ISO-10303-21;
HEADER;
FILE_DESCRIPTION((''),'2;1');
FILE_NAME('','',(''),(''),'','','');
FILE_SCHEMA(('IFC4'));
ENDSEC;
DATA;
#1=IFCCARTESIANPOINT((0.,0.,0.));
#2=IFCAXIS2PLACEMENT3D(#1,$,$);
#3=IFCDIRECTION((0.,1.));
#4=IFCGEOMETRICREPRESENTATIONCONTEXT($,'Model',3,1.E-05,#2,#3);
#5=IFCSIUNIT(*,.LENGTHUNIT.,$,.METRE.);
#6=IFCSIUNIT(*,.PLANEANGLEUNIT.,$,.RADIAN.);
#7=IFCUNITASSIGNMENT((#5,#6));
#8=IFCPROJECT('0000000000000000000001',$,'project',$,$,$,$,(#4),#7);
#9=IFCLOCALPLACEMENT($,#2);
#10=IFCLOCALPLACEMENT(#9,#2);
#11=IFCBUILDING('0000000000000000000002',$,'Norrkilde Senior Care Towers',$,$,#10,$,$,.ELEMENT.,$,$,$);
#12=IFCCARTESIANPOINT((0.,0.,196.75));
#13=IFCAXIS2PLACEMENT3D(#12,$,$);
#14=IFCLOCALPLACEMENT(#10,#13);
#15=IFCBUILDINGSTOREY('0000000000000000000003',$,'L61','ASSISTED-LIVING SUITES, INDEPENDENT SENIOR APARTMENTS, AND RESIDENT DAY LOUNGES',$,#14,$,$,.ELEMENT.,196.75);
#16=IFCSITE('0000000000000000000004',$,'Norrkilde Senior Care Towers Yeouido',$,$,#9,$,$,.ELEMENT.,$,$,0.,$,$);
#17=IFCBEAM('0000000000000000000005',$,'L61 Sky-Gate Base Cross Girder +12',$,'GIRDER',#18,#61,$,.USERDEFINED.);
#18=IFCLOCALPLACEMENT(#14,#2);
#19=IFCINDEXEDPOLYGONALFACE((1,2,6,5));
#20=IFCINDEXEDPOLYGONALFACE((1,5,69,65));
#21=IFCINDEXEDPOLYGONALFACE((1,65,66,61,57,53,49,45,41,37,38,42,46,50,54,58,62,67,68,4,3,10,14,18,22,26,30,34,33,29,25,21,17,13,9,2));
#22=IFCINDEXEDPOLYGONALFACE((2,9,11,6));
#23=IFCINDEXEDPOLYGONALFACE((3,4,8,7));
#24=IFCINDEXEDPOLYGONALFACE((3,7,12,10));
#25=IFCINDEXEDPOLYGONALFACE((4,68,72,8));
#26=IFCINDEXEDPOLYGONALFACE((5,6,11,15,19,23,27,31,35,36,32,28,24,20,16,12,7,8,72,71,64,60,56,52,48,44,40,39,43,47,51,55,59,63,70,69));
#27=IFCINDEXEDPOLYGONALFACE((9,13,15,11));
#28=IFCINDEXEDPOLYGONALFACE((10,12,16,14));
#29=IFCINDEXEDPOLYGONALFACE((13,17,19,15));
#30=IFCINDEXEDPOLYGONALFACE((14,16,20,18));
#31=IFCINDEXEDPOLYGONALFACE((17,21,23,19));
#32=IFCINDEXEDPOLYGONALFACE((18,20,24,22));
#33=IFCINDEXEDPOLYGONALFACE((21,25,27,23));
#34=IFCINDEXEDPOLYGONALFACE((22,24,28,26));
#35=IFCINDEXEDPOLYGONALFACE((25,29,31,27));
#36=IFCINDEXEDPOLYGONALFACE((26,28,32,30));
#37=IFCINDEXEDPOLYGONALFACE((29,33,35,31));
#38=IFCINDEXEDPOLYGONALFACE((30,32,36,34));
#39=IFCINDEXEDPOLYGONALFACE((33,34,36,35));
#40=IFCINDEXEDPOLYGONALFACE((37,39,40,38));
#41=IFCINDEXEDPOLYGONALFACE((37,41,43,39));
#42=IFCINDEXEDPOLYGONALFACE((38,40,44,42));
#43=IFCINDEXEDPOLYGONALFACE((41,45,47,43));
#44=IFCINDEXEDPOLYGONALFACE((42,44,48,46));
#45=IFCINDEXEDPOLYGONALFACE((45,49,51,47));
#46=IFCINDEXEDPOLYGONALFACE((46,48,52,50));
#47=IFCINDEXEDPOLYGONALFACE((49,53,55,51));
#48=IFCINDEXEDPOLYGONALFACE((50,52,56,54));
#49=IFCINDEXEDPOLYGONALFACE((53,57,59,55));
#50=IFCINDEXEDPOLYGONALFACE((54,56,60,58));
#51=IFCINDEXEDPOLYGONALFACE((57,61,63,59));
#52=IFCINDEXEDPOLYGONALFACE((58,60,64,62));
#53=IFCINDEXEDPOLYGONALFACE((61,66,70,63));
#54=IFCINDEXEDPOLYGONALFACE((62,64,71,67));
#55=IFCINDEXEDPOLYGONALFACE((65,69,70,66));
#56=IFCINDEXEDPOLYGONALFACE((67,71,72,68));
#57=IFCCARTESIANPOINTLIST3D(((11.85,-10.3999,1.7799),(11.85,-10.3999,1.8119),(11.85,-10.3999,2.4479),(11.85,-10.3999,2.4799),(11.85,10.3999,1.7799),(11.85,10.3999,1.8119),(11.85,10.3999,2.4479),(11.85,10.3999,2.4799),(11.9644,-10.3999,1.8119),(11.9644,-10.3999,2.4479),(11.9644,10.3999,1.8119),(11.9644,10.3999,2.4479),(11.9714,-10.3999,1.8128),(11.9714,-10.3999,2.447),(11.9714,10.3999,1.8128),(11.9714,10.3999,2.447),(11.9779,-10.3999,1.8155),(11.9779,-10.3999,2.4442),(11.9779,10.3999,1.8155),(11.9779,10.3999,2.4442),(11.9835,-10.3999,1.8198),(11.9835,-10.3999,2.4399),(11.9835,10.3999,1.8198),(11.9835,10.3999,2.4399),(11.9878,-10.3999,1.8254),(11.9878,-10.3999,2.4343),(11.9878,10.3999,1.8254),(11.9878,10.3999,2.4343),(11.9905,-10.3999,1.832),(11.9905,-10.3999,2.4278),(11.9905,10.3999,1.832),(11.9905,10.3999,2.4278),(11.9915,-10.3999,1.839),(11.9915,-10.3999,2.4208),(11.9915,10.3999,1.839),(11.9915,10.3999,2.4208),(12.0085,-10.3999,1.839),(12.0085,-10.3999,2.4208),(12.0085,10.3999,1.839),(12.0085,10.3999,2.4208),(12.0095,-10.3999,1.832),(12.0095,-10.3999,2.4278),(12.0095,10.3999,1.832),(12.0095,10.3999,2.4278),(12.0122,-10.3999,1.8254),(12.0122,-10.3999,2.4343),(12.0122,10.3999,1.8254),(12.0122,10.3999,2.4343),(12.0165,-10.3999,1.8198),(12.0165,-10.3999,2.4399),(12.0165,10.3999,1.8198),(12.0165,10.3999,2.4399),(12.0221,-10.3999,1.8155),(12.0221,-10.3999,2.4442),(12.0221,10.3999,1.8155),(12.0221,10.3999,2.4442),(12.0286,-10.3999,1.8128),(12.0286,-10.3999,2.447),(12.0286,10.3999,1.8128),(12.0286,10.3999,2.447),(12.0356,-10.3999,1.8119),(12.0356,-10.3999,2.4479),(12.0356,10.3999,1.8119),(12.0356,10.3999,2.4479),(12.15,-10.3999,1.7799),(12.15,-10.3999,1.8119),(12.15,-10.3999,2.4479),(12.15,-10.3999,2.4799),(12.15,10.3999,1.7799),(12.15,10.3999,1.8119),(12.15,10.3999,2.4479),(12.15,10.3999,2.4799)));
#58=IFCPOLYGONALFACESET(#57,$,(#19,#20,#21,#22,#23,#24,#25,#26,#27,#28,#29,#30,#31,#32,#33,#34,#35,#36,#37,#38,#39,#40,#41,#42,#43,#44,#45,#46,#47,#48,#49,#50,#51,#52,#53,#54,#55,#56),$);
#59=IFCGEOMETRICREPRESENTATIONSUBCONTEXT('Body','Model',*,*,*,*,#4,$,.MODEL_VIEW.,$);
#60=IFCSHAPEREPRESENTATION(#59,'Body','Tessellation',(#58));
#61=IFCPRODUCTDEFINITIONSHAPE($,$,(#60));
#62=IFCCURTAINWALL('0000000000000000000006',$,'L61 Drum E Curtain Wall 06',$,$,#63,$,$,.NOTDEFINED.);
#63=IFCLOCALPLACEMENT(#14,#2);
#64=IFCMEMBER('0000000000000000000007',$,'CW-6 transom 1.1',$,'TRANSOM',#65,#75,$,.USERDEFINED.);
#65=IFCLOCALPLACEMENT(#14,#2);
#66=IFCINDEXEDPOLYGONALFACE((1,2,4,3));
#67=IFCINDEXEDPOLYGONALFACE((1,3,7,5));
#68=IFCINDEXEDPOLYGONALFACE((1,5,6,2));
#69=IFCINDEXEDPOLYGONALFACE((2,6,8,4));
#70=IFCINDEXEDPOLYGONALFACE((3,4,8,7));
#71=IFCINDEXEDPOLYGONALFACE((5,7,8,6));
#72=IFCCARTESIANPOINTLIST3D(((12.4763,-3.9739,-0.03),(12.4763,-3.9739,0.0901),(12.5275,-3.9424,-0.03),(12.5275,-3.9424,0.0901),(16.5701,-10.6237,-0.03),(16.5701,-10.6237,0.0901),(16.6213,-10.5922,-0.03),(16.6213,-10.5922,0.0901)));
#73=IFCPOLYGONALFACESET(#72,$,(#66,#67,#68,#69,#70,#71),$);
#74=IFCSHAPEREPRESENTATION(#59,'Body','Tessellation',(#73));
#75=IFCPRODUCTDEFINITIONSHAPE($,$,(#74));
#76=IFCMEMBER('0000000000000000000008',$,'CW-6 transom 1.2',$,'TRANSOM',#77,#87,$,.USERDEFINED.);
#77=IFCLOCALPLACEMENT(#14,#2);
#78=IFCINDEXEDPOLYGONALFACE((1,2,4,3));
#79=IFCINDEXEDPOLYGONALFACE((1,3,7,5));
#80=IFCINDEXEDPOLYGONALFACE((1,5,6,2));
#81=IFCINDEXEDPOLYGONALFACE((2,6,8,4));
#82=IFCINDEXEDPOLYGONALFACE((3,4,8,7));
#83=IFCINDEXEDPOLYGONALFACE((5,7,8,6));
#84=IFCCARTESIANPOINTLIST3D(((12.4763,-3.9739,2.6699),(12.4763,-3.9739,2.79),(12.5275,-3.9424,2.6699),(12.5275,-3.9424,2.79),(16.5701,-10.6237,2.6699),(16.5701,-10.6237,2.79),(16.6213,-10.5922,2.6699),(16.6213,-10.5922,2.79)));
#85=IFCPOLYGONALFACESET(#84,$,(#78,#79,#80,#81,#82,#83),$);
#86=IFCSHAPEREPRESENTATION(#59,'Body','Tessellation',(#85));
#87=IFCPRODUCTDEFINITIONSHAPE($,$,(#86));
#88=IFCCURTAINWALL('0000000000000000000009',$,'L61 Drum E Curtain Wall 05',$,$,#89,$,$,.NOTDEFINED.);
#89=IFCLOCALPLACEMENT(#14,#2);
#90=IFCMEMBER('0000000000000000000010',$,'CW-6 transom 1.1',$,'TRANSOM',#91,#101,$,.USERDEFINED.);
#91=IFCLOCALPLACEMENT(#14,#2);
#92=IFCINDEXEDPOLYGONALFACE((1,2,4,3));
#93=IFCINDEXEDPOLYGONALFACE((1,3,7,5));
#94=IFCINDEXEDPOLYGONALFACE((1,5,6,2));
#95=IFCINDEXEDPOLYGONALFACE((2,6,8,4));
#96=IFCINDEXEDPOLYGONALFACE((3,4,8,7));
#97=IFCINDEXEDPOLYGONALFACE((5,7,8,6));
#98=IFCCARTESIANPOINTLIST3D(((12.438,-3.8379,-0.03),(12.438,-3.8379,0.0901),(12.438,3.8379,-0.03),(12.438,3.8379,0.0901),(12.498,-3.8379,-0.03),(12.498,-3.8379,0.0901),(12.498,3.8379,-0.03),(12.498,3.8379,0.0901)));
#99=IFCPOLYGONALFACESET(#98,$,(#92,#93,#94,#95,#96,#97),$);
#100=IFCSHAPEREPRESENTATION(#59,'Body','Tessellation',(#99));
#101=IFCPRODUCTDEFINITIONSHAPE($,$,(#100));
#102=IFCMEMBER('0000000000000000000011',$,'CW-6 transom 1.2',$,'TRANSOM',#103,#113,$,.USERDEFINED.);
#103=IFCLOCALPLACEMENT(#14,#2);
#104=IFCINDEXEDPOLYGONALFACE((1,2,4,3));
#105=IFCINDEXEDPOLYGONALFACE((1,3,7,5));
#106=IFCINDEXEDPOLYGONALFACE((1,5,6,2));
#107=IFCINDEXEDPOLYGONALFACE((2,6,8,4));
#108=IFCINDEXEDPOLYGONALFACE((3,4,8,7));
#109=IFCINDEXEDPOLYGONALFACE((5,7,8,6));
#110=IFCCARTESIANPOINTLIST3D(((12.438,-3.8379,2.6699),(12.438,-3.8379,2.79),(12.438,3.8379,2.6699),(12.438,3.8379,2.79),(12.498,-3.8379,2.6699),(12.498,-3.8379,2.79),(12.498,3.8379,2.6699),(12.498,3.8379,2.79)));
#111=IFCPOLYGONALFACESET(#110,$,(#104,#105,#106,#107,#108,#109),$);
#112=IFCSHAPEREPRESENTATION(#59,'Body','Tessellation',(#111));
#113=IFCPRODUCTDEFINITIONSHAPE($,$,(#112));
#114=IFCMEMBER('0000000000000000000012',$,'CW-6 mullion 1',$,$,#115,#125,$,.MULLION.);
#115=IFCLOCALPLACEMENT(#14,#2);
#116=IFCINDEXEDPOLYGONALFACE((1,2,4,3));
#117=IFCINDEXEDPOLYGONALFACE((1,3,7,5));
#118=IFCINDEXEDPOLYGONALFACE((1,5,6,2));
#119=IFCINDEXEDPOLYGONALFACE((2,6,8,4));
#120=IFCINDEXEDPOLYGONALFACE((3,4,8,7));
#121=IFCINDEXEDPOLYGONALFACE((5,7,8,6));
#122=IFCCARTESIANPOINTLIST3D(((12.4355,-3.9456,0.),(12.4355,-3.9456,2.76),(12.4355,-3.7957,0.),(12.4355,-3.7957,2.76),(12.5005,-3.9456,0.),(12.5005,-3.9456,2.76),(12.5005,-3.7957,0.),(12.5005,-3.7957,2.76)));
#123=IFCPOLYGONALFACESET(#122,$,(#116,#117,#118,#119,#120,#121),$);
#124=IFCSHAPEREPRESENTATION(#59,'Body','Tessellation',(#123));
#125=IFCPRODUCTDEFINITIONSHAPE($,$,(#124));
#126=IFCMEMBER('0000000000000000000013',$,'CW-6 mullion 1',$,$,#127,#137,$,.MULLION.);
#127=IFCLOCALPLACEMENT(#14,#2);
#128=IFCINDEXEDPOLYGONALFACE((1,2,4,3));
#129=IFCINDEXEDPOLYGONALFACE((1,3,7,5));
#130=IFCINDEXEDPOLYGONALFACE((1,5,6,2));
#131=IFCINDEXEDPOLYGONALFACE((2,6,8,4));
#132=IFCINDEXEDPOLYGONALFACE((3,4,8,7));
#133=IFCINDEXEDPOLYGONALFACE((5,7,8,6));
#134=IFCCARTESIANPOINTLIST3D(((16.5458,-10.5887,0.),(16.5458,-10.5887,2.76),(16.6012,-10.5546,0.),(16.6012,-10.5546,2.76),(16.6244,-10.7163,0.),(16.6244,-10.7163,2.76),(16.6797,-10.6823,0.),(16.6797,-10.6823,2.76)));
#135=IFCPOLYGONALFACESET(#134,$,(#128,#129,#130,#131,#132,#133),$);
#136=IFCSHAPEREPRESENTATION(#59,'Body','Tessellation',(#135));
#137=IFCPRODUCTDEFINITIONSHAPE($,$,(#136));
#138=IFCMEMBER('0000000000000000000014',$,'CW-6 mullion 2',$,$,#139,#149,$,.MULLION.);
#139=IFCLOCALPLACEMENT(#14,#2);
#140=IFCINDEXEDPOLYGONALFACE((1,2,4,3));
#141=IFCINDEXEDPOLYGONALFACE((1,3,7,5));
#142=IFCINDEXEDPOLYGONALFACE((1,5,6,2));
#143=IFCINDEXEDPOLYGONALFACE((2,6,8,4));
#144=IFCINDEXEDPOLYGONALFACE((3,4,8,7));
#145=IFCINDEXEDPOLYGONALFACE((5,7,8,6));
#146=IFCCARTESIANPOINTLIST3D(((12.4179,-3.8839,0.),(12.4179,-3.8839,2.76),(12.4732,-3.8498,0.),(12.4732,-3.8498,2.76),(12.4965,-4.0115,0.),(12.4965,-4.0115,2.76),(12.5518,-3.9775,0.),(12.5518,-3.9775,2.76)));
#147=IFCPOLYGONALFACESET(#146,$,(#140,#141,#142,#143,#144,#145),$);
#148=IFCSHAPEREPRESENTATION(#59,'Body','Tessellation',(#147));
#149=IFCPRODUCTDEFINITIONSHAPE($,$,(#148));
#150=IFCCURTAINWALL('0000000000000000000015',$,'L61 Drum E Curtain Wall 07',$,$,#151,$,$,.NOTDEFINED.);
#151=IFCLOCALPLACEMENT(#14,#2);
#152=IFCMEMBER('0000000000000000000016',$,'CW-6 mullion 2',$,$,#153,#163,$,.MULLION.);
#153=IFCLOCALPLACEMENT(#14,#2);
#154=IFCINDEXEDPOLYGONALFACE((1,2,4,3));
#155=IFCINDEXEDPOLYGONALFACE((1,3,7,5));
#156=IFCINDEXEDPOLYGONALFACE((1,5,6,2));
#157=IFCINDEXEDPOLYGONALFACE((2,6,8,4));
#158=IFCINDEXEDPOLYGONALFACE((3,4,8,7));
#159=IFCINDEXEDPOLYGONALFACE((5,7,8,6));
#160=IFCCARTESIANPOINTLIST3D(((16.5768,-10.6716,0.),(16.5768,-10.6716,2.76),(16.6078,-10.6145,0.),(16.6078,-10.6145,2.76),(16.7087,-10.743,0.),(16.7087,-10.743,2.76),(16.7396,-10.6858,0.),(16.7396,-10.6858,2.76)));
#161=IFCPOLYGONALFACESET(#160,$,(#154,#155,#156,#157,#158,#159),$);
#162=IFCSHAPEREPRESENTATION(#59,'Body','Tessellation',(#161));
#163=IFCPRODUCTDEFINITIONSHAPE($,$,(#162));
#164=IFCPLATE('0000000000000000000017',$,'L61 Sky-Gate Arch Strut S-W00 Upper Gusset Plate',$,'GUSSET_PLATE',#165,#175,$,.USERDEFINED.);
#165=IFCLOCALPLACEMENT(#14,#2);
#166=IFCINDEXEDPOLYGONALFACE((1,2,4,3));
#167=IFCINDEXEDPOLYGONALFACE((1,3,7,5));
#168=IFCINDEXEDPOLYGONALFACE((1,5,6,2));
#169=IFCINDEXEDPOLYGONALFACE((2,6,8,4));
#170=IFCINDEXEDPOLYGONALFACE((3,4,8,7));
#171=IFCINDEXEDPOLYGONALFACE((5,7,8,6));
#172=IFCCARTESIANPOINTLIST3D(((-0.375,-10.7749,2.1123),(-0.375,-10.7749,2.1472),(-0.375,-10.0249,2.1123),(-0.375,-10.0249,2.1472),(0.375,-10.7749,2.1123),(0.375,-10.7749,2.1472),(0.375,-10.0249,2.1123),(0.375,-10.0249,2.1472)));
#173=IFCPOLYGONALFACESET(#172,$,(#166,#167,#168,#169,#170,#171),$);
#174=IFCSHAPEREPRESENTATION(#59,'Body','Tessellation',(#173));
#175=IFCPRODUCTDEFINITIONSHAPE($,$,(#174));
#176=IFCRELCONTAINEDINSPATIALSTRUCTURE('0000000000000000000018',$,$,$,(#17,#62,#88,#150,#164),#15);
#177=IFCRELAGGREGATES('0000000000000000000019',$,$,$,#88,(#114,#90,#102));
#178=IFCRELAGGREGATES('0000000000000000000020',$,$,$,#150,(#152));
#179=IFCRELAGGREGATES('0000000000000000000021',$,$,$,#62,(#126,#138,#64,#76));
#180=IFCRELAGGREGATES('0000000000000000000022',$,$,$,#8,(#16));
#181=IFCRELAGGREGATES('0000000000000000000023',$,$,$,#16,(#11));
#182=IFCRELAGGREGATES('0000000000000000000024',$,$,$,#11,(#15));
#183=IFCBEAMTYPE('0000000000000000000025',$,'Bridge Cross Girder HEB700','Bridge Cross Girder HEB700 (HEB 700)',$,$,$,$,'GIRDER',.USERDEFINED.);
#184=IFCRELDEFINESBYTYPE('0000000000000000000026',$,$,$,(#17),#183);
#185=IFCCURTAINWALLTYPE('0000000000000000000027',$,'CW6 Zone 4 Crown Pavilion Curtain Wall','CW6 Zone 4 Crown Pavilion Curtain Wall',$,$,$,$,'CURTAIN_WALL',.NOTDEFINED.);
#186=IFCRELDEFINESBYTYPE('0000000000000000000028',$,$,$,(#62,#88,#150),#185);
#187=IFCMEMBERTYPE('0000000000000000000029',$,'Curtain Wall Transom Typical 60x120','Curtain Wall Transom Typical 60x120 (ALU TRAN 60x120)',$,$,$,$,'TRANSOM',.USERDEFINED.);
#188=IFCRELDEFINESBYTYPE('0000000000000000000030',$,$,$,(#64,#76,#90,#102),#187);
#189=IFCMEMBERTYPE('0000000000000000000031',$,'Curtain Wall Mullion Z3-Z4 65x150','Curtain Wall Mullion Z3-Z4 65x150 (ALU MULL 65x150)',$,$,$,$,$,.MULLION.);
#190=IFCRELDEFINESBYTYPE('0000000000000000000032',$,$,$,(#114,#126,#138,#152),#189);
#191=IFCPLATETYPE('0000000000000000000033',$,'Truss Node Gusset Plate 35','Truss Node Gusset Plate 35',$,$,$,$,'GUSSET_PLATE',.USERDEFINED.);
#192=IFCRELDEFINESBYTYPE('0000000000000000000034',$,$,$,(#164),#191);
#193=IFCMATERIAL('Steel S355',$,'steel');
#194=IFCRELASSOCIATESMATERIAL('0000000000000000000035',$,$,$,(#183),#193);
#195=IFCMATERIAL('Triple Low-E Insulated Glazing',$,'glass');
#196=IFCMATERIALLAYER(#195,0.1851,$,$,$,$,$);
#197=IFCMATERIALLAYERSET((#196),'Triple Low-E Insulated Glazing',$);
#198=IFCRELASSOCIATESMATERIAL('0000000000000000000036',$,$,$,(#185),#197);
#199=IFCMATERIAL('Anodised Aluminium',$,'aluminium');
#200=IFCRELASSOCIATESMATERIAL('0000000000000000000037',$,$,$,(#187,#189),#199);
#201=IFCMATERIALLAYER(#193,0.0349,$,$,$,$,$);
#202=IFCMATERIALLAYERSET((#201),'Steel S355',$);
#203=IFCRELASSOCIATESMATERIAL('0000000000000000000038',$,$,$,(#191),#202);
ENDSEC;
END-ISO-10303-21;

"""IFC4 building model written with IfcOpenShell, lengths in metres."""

from ifc_helpers import new_model, si_unit, direction, frame, origin, origin_2d, place, context, subcontext, project, spatial, rectangle, i_section, extrude, source, transform, mapped, material, layer, layer_set, material_profile, profile_set, type_object, type_shapes, element, aggregate, save


model = new_model("IFC4")

# Units and contexts
model_context = context("Model", 3, precision=1e-05, world=origin(), true_north=direction((0.0, 1.0)))
body_context = subcontext(model_context, "Body", "Model", "MODEL_VIEW")
ifc_project = project(units=[si_unit("LENGTHUNIT", "METRE"), si_unit("PLANEANGLEUNIT", "RADIAN")], contexts=[model_context])

# Site, building, storey
site_placement = place(None, origin())
site = spatial("IfcSite", under=ifc_project, at=site_placement, Name="Norrkilde Senior Care Towers Yeouido", CompositionType="ELEMENT", RefElevation=0.0)
building_placement = place(site_placement, origin())
building = spatial("IfcBuilding", under=site, at=building_placement, Name="Norrkilde Senior Care Towers", CompositionType="ELEMENT")
storey_placement = place(building_placement, frame((0.0, 0.0, 196.75)))
storey = spatial("IfcBuildingStorey", under=building, at=storey_placement, Name="L61", Description="ASSISTED-LIVING SUITES, INDEPENDENT SENIOR APARTMENTS, AND RESIDENT DAY LOUNGES", CompositionType="ELEMENT", Elevation=196.75)

# Beam
ifc_material_1 = material(Name="Steel S355", Category="steel")
ifc_material_profile_1 = material_profile(ifc_material_1, i_section(OverallWidth=0.3, OverallDepth=0.7, WebThickness=0.0171, FlangeThickness=0.032, FilletRadius=0.0271, at=origin_2d()), Name="HEB 700")
ifc_profile_set_1 = profile_set([ifc_material_profile_1], Name="Steel S355")
beam_type_1 = type_object("IfcBeamType", Name="Bridge Cross Girder HEB700", Description="Bridge Cross Girder HEB700 (HEB 700)", ElementType="GIRDER", PredefinedType="USERDEFINED", material=ifc_profile_set_1)
shared_shape_1 = source(origin(), body_context, "Body", "SweptSolid", [
    extrude(i_section(OverallWidth=0.3, OverallDepth=0.7, WebThickness=0.0171, FlangeThickness=0.032, FilletRadius=0.0271, at=origin_2d()), origin(), (0.0, 0.0, 1.0), 20.7998),
])
type_shapes(beam_type_1, [shared_shape_1])
beam_1_placement = place(storey_placement, frame((12.0, -10.3999, 2.1299), z_axis=(0.0, 1.0, 0.0), x_axis=(-1.0, 0.0, 0.0)))
element("IfcBeam", 1, at=beam_1_placement, inside=storey, type_object=beam_type_1, Name="L61 Sky-Gate Base Cross Girder +12", ObjectType="GIRDER", PredefinedType="USERDEFINED", context=body_context, shape_type="MappedRepresentation", body=[
    mapped(shared_shape_1, transform((0.0, 0.0, 0.0), x_axis=(1.0, 0.0, 0.0), y_axis=(0.0, 1.0, 0.0), z_axis=(0.0, 0.0, 1.0), scale=1.0)),
])

# Curtain walls, members
ifc_material_2 = material(Name="Triple Low-E Insulated Glazing", Category="glass")
ifc_layer_1 = layer(ifc_material_2, 0.1851)
ifc_layer_set_1 = layer_set([ifc_layer_1], Name="Triple Low-E Insulated Glazing")
curtain_wall_type = type_object("IfcCurtainWallType", Name="CW6 Zone 4 Crown Pavilion Curtain Wall", Description="CW6 Zone 4 Crown Pavilion Curtain Wall", ElementType="CURTAIN_WALL", PredefinedType="NOTDEFINED", material=ifc_layer_set_1)
curtain_wall_1_placement = place(storey_placement, origin())
curtain_wall_1 = element("IfcCurtainWall", 2, at=curtain_wall_1_placement, inside=storey, type_object=curtain_wall_type, Name="L61 Drum E Curtain Wall 06", PredefinedType="NOTDEFINED")
ifc_material_3 = material(Name="Anodised Aluminium", Category="aluminium")
ifc_material_profile_2 = material_profile(ifc_material_3, rectangle(XDim=0.0601, YDim=0.1201, at=origin_2d()), Name="ALU TRAN 60x120")
ifc_profile_set_2 = profile_set([ifc_material_profile_2], Name="Anodised Aluminium")
member_type_1 = type_object("IfcMemberType", Name="Curtain Wall Transom Typical 60x120", Description="Curtain Wall Transom Typical 60x120 (ALU TRAN 60x120)", ElementType="TRANSOM", PredefinedType="USERDEFINED", material=ifc_profile_set_2)
shared_shape_2 = source(origin(), body_context, "Body", "SweptSolid", [
    extrude(rectangle(XDim=0.0601, YDim=0.1201, at=origin_2d()), origin(), (0.0, 0.0, 1.0), 7.8088),
])
member_1_placement = place(storey_placement, frame((16.5957, -10.6079, 0.03), z_axis=(-0.524251, 0.851564, 0.0), x_axis=(-0.851564, -0.524251, 0.0)))
member_1 = element("IfcMember", 3, at=member_1_placement, type_object=member_type_1, Name="CW-6 transom 1.1", ObjectType="TRANSOM", PredefinedType="USERDEFINED", context=body_context, shape_type="MappedRepresentation", body=[
    mapped(shared_shape_2, transform((0.0, 0.0, 0.0), x_axis=(1.0, 0.0, 0.0), y_axis=(0.0, 1.0, 0.0), z_axis=(0.0, 0.0, 1.0), scale=1.0)),
])
member_2_placement = place(storey_placement, frame((16.5957, -10.6079, 2.73), z_axis=(-0.524251, 0.851564, 0.0), x_axis=(-0.851564, -0.524251, 0.0)))
member_2 = element("IfcMember", 4, at=member_2_placement, type_object=member_type_1, Name="CW-6 transom 1.2", ObjectType="TRANSOM", PredefinedType="USERDEFINED", context=body_context, shape_type="MappedRepresentation", body=[
    mapped(shared_shape_2, transform((0.0, 0.0, 0.0), x_axis=(1.0, 0.0, 0.0), y_axis=(0.0, 1.0, 0.0), z_axis=(0.0, 0.0, 1.0), scale=1.0)),
])
curtain_wall_2_placement = place(storey_placement, origin())
curtain_wall_2 = element("IfcCurtainWall", 5, at=curtain_wall_2_placement, inside=storey, type_object=curtain_wall_type, Name="L61 Drum E Curtain Wall 05", PredefinedType="NOTDEFINED")
shared_shape_3 = source(origin(), body_context, "Body", "SweptSolid", [
    extrude(rectangle(XDim=0.0601, YDim=0.1201, at=origin_2d()), origin(), (0.0, 0.0, 1.0), 7.6758),
])
type_shapes(member_type_1, [shared_shape_2, shared_shape_3])
member_3_placement = place(storey_placement, frame((12.468, -3.8379, 0.03), z_axis=(0.0, 1.0, 0.0), x_axis=(-1.0, 0.0, 0.0)))
member_3 = element("IfcMember", 6, at=member_3_placement, type_object=member_type_1, Name="CW-6 transom 1.1", ObjectType="TRANSOM", PredefinedType="USERDEFINED", context=body_context, shape_type="MappedRepresentation", body=[
    mapped(shared_shape_3, transform((0.0, 0.0, 0.0), x_axis=(1.0, 0.0, 0.0), y_axis=(0.0, 1.0, 0.0), z_axis=(0.0, 0.0, 1.0), scale=1.0)),
])
member_4_placement = place(storey_placement, frame((12.468, -3.8379, 2.73), z_axis=(0.0, 1.0, 0.0), x_axis=(-1.0, 0.0, 0.0)))
member_4 = element("IfcMember", 7, at=member_4_placement, type_object=member_type_1, Name="CW-6 transom 1.2", ObjectType="TRANSOM", PredefinedType="USERDEFINED", context=body_context, shape_type="MappedRepresentation", body=[
    mapped(shared_shape_3, transform((0.0, 0.0, 0.0), x_axis=(1.0, 0.0, 0.0), y_axis=(0.0, 1.0, 0.0), z_axis=(0.0, 0.0, 1.0), scale=1.0)),
])
ifc_material_profile_3 = material_profile(ifc_material_3, rectangle(XDim=0.0649, YDim=0.1499, at=origin_2d()), Name="ALU MULL 65x150")
ifc_profile_set_3 = profile_set([ifc_material_profile_3], Name="Anodised Aluminium")
member_type_2 = type_object("IfcMemberType", Name="Curtain Wall Mullion Z3-Z4 65x150", Description="Curtain Wall Mullion Z3-Z4 65x150 (ALU MULL 65x150)", PredefinedType="MULLION", material=ifc_profile_set_3)
shared_shape_4 = source(origin(), body_context, "Body", "SweptSolid", [
    extrude(rectangle(XDim=0.0649, YDim=0.1499, at=origin_2d()), origin(), (0.0, 0.0, 1.0), 2.76),
])
type_shapes(member_type_2, [shared_shape_4])
member_5_placement = place(storey_placement, frame((12.468, -3.8706, 0.0), z_axis=(0.0, 0.0, 1.0), x_axis=(-1.0, 0.0, 0.0)))
member_5 = element("IfcMember", 8, at=member_5_placement, type_object=member_type_2, Name="CW-6 mullion 1", PredefinedType="MULLION", context=body_context, shape_type="MappedRepresentation", body=[
    mapped(shared_shape_4, transform((0.0, 0.0, 0.0), x_axis=(1.0, 0.0, 0.0), y_axis=(0.0, 1.0, 0.0), z_axis=(0.0, 0.0, 1.0), scale=1.0)),
])
aggregate(curtain_wall_2, [member_5, member_3, member_4])

# Members
member_6_placement = place(storey_placement, frame((16.6128, -10.6355, 0.0), z_axis=(0.0, 0.0, 1.0), x_axis=(-0.851563, -0.524253, 0.0)))
member_6 = element("IfcMember", 9, at=member_6_placement, type_object=member_type_2, Name="CW-6 mullion 1", PredefinedType="MULLION", context=body_context, shape_type="MappedRepresentation", body=[
    mapped(shared_shape_4, transform((0.0, 0.0, 0.0), x_axis=(1.0, 0.0, 0.0), y_axis=(0.0, 1.0, 0.0), z_axis=(0.0, 0.0, 1.0), scale=1.0)),
])
member_7_placement = place(storey_placement, frame((12.4849, -3.9307, 0.0), z_axis=(0.0, 0.0, 1.0), x_axis=(-0.851563, -0.524253, 0.0)))
member_7 = element("IfcMember", 10, at=member_7_placement, type_object=member_type_2, Name="CW-6 mullion 2", PredefinedType="MULLION", context=body_context, shape_type="MappedRepresentation", body=[
    mapped(shared_shape_4, transform((0.0, 0.0, 0.0), x_axis=(1.0, 0.0, 0.0), y_axis=(0.0, 1.0, 0.0), z_axis=(0.0, 0.0, 1.0), scale=1.0)),
])

# Curtain wall, member
curtain_wall_3_placement = place(storey_placement, origin())
curtain_wall_3 = element("IfcCurtainWall", 11, at=curtain_wall_3_placement, inside=storey, type_object=curtain_wall_type, Name="L61 Drum E Curtain Wall 07", PredefinedType="NOTDEFINED")
member_8_placement = place(storey_placement, frame((16.6582, -10.6787, 0.0), z_axis=(0.0, 0.0, 1.0), x_axis=(-0.476133, -0.879373, 0.0)))
member_8 = element("IfcMember", 12, at=member_8_placement, type_object=member_type_2, Name="CW-6 mullion 2", PredefinedType="MULLION", context=body_context, shape_type="MappedRepresentation", body=[
    mapped(shared_shape_4, transform((0.0, 0.0, 0.0), x_axis=(1.0, 0.0, 0.0), y_axis=(0.0, 1.0, 0.0), z_axis=(0.0, 0.0, 1.0), scale=1.0)),
])
aggregate(curtain_wall_3, [member_8])

# Plate
ifc_layer_2 = layer(ifc_material_1, 0.0349)
ifc_layer_set_2 = layer_set([ifc_layer_2], Name="Steel S355")
plate_type_1 = type_object("IfcPlateType", Name="Truss Node Gusset Plate 35", Description="Truss Node Gusset Plate 35", ElementType="GUSSET_PLATE", PredefinedType="USERDEFINED", material=ifc_layer_set_2)
shared_shape_5 = source(origin(), body_context, "Body", "SweptSolid", [
    extrude(rectangle(XDim=0.75, YDim=0.75, at=origin_2d()), origin(), (0.0, 0.0, 1.0), 0.0349),
])
type_shapes(plate_type_1, [shared_shape_5])
for number, where, z_axis, x_axis, name in (
    (13, (0.0, -10.3999, 2.1123), (0.0, 0.0, 1.0), (1.0, 0.0, 0.0), "L61 Sky-Gate Arch Strut S-W00 Upper Gusset Plate"),
):
    element("IfcPlate", number, at=place(storey_placement, frame(where, z_axis=z_axis, x_axis=x_axis)), inside=storey, type_object=plate_type_1, Name=name, ObjectType="GUSSET_PLATE", PredefinedType="USERDEFINED", context=body_context, shape_type="MappedRepresentation", body=[
        mapped(shared_shape_5, transform((0.0, 0.0, 0.0), x_axis=(1.0, 0.0, 0.0), y_axis=(0.0, 1.0, 0.0), z_axis=(0.0, 0.0, 1.0), scale=1.0)),
    ])

aggregate(curtain_wall_1, [member_6, member_7, member_1, member_2])

save(model, "model.ifc")
